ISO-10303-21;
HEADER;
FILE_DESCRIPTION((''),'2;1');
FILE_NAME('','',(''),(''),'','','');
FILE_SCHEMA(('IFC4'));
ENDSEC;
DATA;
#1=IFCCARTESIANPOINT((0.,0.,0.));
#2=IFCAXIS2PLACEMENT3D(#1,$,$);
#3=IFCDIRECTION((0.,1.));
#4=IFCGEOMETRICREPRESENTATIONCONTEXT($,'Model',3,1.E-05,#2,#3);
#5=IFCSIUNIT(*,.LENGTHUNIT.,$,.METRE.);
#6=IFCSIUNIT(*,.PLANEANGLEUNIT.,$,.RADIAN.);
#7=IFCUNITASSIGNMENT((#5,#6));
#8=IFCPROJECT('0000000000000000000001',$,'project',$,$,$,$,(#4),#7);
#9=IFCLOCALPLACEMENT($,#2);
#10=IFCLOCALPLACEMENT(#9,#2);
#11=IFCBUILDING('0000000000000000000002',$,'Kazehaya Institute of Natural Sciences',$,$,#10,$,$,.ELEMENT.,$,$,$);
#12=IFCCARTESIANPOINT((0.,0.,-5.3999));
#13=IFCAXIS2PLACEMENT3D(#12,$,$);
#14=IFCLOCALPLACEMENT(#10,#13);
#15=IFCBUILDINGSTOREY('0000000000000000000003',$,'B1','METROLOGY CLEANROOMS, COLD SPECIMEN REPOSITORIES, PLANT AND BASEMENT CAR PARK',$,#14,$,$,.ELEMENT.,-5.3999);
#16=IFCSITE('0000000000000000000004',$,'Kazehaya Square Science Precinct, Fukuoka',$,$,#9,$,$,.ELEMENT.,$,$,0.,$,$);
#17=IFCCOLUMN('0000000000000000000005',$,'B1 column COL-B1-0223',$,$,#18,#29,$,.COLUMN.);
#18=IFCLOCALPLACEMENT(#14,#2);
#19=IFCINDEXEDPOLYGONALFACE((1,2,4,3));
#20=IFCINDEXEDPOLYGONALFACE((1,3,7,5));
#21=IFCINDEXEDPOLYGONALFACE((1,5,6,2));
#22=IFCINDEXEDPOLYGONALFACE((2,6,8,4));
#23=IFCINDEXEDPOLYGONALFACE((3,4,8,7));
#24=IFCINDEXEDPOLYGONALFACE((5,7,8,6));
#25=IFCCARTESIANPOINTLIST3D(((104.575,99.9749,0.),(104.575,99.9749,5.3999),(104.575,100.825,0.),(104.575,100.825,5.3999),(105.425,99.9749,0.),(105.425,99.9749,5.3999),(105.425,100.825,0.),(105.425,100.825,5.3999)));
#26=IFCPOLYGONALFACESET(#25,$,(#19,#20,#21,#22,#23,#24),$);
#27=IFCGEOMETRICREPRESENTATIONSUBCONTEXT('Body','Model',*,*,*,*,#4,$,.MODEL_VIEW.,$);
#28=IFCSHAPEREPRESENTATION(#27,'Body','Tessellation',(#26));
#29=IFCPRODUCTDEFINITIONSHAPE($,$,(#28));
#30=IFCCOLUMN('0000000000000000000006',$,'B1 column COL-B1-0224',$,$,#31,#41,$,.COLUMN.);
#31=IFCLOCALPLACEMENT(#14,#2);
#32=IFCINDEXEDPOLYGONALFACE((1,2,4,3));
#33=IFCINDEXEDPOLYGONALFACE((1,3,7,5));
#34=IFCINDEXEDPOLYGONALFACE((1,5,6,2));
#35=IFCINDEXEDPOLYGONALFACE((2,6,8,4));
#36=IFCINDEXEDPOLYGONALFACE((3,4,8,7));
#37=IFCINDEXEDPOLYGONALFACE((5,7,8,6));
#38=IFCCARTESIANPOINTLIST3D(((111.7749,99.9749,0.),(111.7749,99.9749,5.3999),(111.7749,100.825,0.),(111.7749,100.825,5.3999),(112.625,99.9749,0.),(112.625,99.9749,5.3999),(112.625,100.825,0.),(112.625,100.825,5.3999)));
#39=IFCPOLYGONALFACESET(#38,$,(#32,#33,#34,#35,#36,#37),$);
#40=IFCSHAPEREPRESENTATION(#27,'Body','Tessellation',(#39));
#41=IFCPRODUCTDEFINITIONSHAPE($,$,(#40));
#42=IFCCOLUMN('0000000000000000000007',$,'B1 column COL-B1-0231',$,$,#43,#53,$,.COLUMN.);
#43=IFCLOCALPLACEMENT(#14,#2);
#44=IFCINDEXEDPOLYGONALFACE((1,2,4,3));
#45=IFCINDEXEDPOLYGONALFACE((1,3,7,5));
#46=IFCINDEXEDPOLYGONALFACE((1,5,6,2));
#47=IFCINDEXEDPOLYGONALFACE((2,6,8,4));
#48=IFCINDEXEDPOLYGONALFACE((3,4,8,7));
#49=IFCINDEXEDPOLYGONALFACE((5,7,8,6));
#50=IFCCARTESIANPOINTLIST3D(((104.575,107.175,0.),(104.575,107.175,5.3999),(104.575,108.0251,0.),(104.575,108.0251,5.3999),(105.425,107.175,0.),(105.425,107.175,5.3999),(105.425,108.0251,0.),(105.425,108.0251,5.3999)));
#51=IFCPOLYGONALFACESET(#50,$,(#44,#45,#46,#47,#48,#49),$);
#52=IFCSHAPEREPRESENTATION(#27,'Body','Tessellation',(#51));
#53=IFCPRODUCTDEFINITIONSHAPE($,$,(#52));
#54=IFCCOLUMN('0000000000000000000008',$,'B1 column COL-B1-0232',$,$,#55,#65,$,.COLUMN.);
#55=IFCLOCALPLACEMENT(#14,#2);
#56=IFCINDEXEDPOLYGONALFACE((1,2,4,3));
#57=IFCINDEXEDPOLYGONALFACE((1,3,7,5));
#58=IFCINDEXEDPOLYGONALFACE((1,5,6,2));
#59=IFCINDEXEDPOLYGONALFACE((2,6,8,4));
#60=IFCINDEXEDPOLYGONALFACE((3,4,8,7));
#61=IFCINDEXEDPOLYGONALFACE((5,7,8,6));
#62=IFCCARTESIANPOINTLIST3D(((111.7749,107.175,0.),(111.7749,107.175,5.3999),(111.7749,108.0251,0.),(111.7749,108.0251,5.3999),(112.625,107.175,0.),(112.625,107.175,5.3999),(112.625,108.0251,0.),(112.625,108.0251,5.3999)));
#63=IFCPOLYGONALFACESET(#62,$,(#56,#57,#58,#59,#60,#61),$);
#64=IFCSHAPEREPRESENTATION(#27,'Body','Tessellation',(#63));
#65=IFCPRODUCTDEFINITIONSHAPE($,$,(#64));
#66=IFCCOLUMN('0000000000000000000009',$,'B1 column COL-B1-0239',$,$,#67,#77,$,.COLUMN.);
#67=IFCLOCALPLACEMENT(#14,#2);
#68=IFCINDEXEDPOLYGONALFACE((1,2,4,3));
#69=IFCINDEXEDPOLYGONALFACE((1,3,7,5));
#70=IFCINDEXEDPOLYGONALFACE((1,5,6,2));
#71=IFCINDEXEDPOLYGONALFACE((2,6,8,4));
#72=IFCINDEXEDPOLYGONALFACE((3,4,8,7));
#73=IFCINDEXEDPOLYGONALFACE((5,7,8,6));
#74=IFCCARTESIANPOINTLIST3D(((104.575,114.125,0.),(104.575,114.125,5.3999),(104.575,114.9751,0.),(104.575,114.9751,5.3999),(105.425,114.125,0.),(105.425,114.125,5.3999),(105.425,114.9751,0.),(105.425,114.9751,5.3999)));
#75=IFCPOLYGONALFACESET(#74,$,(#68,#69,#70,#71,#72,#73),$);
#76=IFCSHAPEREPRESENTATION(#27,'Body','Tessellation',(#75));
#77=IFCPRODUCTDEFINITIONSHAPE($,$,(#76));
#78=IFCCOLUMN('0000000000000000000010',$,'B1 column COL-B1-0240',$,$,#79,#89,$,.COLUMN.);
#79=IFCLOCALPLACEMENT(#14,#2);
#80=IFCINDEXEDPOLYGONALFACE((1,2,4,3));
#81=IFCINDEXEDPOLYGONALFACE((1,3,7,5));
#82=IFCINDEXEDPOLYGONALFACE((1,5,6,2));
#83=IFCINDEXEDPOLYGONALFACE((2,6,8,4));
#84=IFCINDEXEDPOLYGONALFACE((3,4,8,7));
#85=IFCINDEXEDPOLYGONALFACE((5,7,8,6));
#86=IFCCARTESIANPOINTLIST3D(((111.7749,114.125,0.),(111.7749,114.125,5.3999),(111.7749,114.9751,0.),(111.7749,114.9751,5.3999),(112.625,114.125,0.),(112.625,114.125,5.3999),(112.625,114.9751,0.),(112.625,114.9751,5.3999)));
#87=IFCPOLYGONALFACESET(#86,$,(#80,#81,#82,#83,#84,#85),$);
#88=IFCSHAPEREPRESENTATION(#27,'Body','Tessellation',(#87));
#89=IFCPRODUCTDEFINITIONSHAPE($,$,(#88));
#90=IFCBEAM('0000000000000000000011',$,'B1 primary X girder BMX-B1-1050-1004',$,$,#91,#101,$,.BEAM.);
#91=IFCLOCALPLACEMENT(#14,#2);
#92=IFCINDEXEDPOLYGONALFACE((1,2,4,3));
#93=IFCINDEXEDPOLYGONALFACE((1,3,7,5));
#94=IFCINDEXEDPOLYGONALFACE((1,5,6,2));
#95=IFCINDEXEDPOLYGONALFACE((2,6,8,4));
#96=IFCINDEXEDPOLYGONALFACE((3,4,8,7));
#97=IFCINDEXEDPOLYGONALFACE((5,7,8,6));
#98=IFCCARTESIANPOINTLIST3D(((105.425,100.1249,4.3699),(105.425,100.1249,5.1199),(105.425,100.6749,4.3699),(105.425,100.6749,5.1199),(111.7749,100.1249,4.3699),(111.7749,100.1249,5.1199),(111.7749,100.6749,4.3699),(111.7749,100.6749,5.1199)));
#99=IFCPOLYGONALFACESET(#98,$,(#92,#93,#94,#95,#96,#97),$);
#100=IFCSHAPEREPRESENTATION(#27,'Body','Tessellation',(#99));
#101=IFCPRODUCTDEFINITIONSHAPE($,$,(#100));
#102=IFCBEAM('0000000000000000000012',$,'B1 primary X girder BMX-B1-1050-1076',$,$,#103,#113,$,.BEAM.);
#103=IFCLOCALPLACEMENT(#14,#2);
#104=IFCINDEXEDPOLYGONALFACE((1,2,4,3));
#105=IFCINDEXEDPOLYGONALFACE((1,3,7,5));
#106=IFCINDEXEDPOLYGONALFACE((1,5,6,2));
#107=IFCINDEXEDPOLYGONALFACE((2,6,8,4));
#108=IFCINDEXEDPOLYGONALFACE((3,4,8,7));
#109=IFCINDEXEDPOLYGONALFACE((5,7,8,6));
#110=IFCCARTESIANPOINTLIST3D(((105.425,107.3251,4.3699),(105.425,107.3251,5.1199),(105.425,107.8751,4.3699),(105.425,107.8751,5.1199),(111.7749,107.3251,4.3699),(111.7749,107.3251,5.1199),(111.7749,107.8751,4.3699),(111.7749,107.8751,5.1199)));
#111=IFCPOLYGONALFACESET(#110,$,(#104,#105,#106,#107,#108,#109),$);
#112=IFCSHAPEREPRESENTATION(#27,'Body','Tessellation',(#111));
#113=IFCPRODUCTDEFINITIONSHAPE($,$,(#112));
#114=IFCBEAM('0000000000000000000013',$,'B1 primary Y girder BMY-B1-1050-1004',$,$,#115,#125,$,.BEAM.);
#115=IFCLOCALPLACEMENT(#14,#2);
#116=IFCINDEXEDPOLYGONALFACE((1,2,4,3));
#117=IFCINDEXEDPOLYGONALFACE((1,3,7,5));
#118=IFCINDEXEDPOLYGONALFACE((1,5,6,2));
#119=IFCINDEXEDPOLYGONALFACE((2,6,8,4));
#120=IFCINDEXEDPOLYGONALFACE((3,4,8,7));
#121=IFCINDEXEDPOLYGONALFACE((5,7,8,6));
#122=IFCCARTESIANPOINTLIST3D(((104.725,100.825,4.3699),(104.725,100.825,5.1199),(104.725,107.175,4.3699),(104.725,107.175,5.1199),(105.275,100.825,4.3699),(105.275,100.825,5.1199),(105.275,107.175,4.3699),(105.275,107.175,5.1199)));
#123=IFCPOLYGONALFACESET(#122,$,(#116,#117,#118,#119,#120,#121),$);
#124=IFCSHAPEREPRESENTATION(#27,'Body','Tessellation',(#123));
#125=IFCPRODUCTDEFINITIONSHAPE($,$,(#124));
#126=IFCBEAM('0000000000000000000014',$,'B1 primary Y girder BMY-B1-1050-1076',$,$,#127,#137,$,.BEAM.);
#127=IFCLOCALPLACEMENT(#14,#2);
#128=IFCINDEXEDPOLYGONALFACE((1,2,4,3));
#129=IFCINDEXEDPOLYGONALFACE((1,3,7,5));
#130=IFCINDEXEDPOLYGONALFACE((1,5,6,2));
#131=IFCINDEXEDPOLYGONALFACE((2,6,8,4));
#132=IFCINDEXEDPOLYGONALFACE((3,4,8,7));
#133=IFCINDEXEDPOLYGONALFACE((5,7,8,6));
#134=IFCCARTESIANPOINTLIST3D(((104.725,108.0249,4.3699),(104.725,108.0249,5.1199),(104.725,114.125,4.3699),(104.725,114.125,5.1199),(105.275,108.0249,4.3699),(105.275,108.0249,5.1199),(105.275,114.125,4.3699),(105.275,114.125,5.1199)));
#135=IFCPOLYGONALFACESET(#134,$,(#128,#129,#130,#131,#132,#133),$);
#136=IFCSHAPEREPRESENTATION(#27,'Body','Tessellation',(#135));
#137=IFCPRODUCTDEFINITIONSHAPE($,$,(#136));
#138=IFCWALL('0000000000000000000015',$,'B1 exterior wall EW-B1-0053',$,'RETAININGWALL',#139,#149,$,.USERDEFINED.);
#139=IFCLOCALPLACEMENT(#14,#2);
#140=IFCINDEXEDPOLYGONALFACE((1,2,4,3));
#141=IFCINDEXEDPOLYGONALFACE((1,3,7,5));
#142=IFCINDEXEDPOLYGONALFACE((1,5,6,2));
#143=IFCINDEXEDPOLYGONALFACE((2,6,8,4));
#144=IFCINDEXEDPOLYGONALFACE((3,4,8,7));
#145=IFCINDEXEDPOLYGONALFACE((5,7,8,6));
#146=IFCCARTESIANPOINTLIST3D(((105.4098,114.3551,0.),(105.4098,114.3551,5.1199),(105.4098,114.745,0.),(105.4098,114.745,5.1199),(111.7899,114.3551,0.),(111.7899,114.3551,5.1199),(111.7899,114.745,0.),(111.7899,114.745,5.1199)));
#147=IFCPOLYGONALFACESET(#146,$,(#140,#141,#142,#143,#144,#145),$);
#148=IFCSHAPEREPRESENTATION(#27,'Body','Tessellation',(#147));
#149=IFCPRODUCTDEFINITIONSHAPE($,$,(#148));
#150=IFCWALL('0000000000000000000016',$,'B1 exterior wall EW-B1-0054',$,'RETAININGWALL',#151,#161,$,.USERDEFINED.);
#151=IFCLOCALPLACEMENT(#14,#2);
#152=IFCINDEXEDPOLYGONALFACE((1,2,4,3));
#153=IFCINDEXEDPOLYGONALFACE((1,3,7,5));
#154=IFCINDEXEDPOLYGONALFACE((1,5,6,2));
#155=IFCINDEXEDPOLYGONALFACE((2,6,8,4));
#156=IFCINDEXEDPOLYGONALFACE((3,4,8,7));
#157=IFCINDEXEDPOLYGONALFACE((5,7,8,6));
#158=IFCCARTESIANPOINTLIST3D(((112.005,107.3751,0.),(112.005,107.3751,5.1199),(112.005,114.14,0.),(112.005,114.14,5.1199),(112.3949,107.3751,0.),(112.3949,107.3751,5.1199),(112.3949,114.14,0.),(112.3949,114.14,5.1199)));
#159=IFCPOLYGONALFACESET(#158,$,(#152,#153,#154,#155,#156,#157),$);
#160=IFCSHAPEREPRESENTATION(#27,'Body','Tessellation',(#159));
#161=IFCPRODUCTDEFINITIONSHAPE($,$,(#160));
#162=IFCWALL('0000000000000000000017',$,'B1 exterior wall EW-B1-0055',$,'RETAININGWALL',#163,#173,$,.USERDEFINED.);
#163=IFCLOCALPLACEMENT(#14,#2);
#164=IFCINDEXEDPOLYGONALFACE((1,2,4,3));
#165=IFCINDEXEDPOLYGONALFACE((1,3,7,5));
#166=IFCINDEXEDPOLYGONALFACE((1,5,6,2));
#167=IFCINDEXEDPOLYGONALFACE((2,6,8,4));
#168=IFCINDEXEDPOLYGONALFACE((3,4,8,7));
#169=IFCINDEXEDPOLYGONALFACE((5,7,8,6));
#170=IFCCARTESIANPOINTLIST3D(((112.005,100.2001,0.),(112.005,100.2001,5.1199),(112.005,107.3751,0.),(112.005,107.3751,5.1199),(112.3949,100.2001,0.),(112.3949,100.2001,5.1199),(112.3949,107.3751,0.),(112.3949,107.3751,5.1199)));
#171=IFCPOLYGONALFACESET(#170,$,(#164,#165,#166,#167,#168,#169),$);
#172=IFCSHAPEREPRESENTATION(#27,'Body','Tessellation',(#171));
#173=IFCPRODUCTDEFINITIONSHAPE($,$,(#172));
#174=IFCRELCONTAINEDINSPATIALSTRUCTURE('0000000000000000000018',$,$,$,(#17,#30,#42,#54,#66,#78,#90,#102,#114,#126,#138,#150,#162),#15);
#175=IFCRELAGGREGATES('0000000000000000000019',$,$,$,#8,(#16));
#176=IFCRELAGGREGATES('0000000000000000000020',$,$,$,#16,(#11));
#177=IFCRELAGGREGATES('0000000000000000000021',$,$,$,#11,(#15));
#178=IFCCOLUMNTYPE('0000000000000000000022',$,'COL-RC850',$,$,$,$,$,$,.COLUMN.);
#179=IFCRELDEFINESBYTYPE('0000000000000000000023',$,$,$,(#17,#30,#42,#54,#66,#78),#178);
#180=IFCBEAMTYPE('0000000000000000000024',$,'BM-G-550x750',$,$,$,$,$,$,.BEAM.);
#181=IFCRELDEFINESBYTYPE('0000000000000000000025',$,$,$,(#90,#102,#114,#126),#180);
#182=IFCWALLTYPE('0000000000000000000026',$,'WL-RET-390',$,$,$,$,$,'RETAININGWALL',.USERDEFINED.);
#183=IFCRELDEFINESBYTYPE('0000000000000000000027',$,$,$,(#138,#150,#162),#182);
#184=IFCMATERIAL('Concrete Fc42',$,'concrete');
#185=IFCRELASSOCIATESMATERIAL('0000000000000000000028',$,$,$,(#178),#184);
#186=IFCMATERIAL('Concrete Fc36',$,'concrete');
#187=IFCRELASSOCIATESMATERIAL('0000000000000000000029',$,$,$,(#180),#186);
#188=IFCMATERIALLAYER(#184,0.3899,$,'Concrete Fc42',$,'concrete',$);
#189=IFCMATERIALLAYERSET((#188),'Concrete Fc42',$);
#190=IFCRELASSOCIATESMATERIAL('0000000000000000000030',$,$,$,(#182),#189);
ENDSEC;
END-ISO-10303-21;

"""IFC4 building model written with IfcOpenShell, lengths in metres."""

from ifc_helpers import new_model, si_unit, direction, frame, frame_2d, origin, origin_2d, place, context, subcontext, project, spatial, rectangle, extrude, material, layer, layer_set, material_profile, profile_set, type_object, element, save


model = new_model("IFC4")

# Units and contexts
model_context = context("Model", 3, precision=1e-05, world=origin(), true_north=direction((0.0, 1.0)))
body_context = subcontext(model_context, "Body", "Model", "MODEL_VIEW")
ifc_project = project(units=[si_unit("LENGTHUNIT", "METRE"), si_unit("PLANEANGLEUNIT", "RADIAN")], contexts=[model_context])

# Site, building, storey
site_placement = place(None, origin())
site = spatial("IfcSite", under=ifc_project, at=site_placement, Name="Kazehaya Square Science Precinct, Fukuoka", CompositionType="ELEMENT", RefElevation=0.0)
building_placement = place(site_placement, origin())
building = spatial("IfcBuilding", under=site, at=building_placement, Name="Kazehaya Institute of Natural Sciences", CompositionType="ELEMENT")
storey_placement = place(building_placement, frame((0.0, 0.0, -5.3999)))
storey = spatial("IfcBuildingStorey", under=building, at=storey_placement, Name="B1", Description="METROLOGY CLEANROOMS, COLD SPECIMEN REPOSITORIES, PLANT AND BASEMENT CAR PARK", CompositionType="ELEMENT", Elevation=-5.3999)

# Shared definitions
ifc_material_1 = material(Name="Concrete Fc36", Category="concrete")

# Columns
ifc_material_2 = material(Name="Concrete Fc42", Category="concrete")
ifc_material_profile_1 = material_profile(ifc_material_2, rectangle(XDim=0.8501, YDim=0.8501, at=origin_2d()), Name="RC-850x850")
ifc_profile_set_1 = profile_set([ifc_material_profile_1], Name="Concrete Fc42")
column_type = type_object("IfcColumnType", Name="COL-RC850", PredefinedType="COLUMN", material=ifc_profile_set_1)
for number, where, z_axis, x_axis, name in (
    (1, (105.0, 100.3999, 0.0), (0.0, 0.0, 1.0), (1.0, 0.0, 0.0), "B1 column COL-B1-0223"),
    (2, (112.2, 100.3999, 0.0), (0.0, 0.0, 1.0), (1.0, 0.0, 0.0), "B1 column COL-B1-0224"),
    (3, (105.0, 107.6001, 0.0), (0.0, 0.0, 1.0), (1.0, 0.0, 0.0), "B1 column COL-B1-0231"),
    (4, (112.2, 107.6001, 0.0), (0.0, 0.0, 1.0), (1.0, 0.0, 0.0), "B1 column COL-B1-0232"),
    (5, (105.0, 114.55, 0.0), (0.0, 0.0, 1.0), (1.0, 0.0, 0.0), "B1 column COL-B1-0239"),
    (6, (112.2, 114.55, 0.0), (0.0, 0.0, 1.0), (1.0, 0.0, 0.0), "B1 column COL-B1-0240"),
):
    element("IfcColumn", number, at=place(storey_placement, frame(where, z_axis=z_axis, x_axis=x_axis)), inside=storey, type_object=column_type, Name=name, PredefinedType="COLUMN", context=body_context, shape_type="SweptSolid", body=[
        extrude(rectangle(XDim=0.8501, YDim=0.8501, at=origin_2d()), origin(), (0.0, 0.0, 1.0), 5.3999),
    ])

# Beams
ifc_material_profile_2 = material_profile(ifc_material_1, rectangle(XDim=0.55, YDim=0.75, at=origin_2d()), Name="RC-550x750")
ifc_profile_set_2 = profile_set([ifc_material_profile_2], Name="Concrete Fc36")
beam_type = type_object("IfcBeamType", Name="BM-G-550x750", PredefinedType="BEAM", material=ifc_profile_set_2)
for number, where, z_axis, x_axis, name in (
    (7, (105.425, 100.3999, 4.7449), (1.0, 0.0, 0.0), (0.0, 1.0, 0.0), "B1 primary X girder BMX-B1-1050-1004"),
    (8, (105.425, 107.6001, 4.7449), (1.0, 0.0, 0.0), (0.0, 1.0, 0.0), "B1 primary X girder BMX-B1-1050-1076"),
):
    element("IfcBeam", number, at=place(storey_placement, frame(where, z_axis=z_axis, x_axis=x_axis)), inside=storey, type_object=beam_type, Name=name, PredefinedType="BEAM", context=body_context, shape_type="SweptSolid", body=[
        extrude(rectangle(XDim=0.55, YDim=0.75, at=origin_2d()), origin(), (0.0, 0.0, 1.0), 6.3499),
    ])
beam_1_placement = place(storey_placement, frame((105.0, 100.825, 4.7449), z_axis=(0.0, 1.0, 0.0), x_axis=(-1.0, 0.0, 0.0)))
element("IfcBeam", 9, at=beam_1_placement, inside=storey, type_object=beam_type, Name="B1 primary Y girder BMY-B1-1050-1004", PredefinedType="BEAM", context=body_context, shape_type="SweptSolid", body=[
    extrude(rectangle(XDim=0.55, YDim=0.75, at=origin_2d()), origin(), (0.0, 0.0, 1.0), 6.3501),
])
beam_2_placement = place(storey_placement, frame((105.0, 108.0249, 4.7449), z_axis=(0.0, 1.0, 0.0), x_axis=(-1.0, 0.0, 0.0)))
element("IfcBeam", 10, at=beam_2_placement, inside=storey, type_object=beam_type, Name="B1 primary Y girder BMY-B1-1050-1076", PredefinedType="BEAM", context=body_context, shape_type="SweptSolid", body=[
    extrude(rectangle(XDim=0.55, YDim=0.75, at=origin_2d()), origin(), (0.0, 0.0, 1.0), 6.1001),
])

# Walls
ifc_layer = layer(ifc_material_2, 0.3899, Name="Concrete Fc42", Category="concrete")
ifc_layer_set = layer_set([ifc_layer], Name="Concrete Fc42")
wall_type = type_object("IfcWallType", Name="WL-RET-390", ElementType="RETAININGWALL", PredefinedType="USERDEFINED", material=ifc_layer_set)
wall_1_placement = place(storey_placement, frame((105.4099, 114.55, 0.0), z_axis=(0.0, 0.0, 1.0), x_axis=(1.0, 0.0, 0.0)))
element("IfcWall", 11, at=wall_1_placement, inside=storey, type_object=wall_type, Name="B1 exterior wall EW-B1-0053", ObjectType="RETAININGWALL", PredefinedType="USERDEFINED", context=body_context, shape_type="SweptSolid", body=[
    extrude(rectangle(XDim=6.3801, YDim=0.3899, at=frame_2d((3.1899, 0.0))), origin(), (0.0, 0.0, 1.0), 5.1199),
])
wall_2_placement = place(storey_placement, frame((112.2, 114.1399, 0.0), z_axis=(0.0, 0.0, 1.0), x_axis=(0.0, -1.0, 0.0)))
element("IfcWall", 12, at=wall_2_placement, inside=storey, type_object=wall_type, Name="B1 exterior wall EW-B1-0054", ObjectType="RETAININGWALL", PredefinedType="USERDEFINED", context=body_context, shape_type="SweptSolid", body=[
    extrude(rectangle(XDim=6.7649, YDim=0.3899, at=frame_2d((3.3823, 0.0))), origin(), (0.0, 0.0, 1.0), 5.1199),
])
wall_3_placement = place(storey_placement, frame((112.2, 107.375, 0.0), z_axis=(0.0, 0.0, 1.0), x_axis=(0.0, -1.0, 0.0)))
element("IfcWall", 13, at=wall_3_placement, inside=storey, type_object=wall_type, Name="B1 exterior wall EW-B1-0055", ObjectType="RETAININGWALL", PredefinedType="USERDEFINED", context=body_context, shape_type="SweptSolid", body=[
    extrude(rectangle(XDim=7.175, YDim=0.3899, at=frame_2d((3.5874, 0.0))), origin(), (0.0, 0.0, 1.0), 5.1199),
])

save(model, "model.ifc")
